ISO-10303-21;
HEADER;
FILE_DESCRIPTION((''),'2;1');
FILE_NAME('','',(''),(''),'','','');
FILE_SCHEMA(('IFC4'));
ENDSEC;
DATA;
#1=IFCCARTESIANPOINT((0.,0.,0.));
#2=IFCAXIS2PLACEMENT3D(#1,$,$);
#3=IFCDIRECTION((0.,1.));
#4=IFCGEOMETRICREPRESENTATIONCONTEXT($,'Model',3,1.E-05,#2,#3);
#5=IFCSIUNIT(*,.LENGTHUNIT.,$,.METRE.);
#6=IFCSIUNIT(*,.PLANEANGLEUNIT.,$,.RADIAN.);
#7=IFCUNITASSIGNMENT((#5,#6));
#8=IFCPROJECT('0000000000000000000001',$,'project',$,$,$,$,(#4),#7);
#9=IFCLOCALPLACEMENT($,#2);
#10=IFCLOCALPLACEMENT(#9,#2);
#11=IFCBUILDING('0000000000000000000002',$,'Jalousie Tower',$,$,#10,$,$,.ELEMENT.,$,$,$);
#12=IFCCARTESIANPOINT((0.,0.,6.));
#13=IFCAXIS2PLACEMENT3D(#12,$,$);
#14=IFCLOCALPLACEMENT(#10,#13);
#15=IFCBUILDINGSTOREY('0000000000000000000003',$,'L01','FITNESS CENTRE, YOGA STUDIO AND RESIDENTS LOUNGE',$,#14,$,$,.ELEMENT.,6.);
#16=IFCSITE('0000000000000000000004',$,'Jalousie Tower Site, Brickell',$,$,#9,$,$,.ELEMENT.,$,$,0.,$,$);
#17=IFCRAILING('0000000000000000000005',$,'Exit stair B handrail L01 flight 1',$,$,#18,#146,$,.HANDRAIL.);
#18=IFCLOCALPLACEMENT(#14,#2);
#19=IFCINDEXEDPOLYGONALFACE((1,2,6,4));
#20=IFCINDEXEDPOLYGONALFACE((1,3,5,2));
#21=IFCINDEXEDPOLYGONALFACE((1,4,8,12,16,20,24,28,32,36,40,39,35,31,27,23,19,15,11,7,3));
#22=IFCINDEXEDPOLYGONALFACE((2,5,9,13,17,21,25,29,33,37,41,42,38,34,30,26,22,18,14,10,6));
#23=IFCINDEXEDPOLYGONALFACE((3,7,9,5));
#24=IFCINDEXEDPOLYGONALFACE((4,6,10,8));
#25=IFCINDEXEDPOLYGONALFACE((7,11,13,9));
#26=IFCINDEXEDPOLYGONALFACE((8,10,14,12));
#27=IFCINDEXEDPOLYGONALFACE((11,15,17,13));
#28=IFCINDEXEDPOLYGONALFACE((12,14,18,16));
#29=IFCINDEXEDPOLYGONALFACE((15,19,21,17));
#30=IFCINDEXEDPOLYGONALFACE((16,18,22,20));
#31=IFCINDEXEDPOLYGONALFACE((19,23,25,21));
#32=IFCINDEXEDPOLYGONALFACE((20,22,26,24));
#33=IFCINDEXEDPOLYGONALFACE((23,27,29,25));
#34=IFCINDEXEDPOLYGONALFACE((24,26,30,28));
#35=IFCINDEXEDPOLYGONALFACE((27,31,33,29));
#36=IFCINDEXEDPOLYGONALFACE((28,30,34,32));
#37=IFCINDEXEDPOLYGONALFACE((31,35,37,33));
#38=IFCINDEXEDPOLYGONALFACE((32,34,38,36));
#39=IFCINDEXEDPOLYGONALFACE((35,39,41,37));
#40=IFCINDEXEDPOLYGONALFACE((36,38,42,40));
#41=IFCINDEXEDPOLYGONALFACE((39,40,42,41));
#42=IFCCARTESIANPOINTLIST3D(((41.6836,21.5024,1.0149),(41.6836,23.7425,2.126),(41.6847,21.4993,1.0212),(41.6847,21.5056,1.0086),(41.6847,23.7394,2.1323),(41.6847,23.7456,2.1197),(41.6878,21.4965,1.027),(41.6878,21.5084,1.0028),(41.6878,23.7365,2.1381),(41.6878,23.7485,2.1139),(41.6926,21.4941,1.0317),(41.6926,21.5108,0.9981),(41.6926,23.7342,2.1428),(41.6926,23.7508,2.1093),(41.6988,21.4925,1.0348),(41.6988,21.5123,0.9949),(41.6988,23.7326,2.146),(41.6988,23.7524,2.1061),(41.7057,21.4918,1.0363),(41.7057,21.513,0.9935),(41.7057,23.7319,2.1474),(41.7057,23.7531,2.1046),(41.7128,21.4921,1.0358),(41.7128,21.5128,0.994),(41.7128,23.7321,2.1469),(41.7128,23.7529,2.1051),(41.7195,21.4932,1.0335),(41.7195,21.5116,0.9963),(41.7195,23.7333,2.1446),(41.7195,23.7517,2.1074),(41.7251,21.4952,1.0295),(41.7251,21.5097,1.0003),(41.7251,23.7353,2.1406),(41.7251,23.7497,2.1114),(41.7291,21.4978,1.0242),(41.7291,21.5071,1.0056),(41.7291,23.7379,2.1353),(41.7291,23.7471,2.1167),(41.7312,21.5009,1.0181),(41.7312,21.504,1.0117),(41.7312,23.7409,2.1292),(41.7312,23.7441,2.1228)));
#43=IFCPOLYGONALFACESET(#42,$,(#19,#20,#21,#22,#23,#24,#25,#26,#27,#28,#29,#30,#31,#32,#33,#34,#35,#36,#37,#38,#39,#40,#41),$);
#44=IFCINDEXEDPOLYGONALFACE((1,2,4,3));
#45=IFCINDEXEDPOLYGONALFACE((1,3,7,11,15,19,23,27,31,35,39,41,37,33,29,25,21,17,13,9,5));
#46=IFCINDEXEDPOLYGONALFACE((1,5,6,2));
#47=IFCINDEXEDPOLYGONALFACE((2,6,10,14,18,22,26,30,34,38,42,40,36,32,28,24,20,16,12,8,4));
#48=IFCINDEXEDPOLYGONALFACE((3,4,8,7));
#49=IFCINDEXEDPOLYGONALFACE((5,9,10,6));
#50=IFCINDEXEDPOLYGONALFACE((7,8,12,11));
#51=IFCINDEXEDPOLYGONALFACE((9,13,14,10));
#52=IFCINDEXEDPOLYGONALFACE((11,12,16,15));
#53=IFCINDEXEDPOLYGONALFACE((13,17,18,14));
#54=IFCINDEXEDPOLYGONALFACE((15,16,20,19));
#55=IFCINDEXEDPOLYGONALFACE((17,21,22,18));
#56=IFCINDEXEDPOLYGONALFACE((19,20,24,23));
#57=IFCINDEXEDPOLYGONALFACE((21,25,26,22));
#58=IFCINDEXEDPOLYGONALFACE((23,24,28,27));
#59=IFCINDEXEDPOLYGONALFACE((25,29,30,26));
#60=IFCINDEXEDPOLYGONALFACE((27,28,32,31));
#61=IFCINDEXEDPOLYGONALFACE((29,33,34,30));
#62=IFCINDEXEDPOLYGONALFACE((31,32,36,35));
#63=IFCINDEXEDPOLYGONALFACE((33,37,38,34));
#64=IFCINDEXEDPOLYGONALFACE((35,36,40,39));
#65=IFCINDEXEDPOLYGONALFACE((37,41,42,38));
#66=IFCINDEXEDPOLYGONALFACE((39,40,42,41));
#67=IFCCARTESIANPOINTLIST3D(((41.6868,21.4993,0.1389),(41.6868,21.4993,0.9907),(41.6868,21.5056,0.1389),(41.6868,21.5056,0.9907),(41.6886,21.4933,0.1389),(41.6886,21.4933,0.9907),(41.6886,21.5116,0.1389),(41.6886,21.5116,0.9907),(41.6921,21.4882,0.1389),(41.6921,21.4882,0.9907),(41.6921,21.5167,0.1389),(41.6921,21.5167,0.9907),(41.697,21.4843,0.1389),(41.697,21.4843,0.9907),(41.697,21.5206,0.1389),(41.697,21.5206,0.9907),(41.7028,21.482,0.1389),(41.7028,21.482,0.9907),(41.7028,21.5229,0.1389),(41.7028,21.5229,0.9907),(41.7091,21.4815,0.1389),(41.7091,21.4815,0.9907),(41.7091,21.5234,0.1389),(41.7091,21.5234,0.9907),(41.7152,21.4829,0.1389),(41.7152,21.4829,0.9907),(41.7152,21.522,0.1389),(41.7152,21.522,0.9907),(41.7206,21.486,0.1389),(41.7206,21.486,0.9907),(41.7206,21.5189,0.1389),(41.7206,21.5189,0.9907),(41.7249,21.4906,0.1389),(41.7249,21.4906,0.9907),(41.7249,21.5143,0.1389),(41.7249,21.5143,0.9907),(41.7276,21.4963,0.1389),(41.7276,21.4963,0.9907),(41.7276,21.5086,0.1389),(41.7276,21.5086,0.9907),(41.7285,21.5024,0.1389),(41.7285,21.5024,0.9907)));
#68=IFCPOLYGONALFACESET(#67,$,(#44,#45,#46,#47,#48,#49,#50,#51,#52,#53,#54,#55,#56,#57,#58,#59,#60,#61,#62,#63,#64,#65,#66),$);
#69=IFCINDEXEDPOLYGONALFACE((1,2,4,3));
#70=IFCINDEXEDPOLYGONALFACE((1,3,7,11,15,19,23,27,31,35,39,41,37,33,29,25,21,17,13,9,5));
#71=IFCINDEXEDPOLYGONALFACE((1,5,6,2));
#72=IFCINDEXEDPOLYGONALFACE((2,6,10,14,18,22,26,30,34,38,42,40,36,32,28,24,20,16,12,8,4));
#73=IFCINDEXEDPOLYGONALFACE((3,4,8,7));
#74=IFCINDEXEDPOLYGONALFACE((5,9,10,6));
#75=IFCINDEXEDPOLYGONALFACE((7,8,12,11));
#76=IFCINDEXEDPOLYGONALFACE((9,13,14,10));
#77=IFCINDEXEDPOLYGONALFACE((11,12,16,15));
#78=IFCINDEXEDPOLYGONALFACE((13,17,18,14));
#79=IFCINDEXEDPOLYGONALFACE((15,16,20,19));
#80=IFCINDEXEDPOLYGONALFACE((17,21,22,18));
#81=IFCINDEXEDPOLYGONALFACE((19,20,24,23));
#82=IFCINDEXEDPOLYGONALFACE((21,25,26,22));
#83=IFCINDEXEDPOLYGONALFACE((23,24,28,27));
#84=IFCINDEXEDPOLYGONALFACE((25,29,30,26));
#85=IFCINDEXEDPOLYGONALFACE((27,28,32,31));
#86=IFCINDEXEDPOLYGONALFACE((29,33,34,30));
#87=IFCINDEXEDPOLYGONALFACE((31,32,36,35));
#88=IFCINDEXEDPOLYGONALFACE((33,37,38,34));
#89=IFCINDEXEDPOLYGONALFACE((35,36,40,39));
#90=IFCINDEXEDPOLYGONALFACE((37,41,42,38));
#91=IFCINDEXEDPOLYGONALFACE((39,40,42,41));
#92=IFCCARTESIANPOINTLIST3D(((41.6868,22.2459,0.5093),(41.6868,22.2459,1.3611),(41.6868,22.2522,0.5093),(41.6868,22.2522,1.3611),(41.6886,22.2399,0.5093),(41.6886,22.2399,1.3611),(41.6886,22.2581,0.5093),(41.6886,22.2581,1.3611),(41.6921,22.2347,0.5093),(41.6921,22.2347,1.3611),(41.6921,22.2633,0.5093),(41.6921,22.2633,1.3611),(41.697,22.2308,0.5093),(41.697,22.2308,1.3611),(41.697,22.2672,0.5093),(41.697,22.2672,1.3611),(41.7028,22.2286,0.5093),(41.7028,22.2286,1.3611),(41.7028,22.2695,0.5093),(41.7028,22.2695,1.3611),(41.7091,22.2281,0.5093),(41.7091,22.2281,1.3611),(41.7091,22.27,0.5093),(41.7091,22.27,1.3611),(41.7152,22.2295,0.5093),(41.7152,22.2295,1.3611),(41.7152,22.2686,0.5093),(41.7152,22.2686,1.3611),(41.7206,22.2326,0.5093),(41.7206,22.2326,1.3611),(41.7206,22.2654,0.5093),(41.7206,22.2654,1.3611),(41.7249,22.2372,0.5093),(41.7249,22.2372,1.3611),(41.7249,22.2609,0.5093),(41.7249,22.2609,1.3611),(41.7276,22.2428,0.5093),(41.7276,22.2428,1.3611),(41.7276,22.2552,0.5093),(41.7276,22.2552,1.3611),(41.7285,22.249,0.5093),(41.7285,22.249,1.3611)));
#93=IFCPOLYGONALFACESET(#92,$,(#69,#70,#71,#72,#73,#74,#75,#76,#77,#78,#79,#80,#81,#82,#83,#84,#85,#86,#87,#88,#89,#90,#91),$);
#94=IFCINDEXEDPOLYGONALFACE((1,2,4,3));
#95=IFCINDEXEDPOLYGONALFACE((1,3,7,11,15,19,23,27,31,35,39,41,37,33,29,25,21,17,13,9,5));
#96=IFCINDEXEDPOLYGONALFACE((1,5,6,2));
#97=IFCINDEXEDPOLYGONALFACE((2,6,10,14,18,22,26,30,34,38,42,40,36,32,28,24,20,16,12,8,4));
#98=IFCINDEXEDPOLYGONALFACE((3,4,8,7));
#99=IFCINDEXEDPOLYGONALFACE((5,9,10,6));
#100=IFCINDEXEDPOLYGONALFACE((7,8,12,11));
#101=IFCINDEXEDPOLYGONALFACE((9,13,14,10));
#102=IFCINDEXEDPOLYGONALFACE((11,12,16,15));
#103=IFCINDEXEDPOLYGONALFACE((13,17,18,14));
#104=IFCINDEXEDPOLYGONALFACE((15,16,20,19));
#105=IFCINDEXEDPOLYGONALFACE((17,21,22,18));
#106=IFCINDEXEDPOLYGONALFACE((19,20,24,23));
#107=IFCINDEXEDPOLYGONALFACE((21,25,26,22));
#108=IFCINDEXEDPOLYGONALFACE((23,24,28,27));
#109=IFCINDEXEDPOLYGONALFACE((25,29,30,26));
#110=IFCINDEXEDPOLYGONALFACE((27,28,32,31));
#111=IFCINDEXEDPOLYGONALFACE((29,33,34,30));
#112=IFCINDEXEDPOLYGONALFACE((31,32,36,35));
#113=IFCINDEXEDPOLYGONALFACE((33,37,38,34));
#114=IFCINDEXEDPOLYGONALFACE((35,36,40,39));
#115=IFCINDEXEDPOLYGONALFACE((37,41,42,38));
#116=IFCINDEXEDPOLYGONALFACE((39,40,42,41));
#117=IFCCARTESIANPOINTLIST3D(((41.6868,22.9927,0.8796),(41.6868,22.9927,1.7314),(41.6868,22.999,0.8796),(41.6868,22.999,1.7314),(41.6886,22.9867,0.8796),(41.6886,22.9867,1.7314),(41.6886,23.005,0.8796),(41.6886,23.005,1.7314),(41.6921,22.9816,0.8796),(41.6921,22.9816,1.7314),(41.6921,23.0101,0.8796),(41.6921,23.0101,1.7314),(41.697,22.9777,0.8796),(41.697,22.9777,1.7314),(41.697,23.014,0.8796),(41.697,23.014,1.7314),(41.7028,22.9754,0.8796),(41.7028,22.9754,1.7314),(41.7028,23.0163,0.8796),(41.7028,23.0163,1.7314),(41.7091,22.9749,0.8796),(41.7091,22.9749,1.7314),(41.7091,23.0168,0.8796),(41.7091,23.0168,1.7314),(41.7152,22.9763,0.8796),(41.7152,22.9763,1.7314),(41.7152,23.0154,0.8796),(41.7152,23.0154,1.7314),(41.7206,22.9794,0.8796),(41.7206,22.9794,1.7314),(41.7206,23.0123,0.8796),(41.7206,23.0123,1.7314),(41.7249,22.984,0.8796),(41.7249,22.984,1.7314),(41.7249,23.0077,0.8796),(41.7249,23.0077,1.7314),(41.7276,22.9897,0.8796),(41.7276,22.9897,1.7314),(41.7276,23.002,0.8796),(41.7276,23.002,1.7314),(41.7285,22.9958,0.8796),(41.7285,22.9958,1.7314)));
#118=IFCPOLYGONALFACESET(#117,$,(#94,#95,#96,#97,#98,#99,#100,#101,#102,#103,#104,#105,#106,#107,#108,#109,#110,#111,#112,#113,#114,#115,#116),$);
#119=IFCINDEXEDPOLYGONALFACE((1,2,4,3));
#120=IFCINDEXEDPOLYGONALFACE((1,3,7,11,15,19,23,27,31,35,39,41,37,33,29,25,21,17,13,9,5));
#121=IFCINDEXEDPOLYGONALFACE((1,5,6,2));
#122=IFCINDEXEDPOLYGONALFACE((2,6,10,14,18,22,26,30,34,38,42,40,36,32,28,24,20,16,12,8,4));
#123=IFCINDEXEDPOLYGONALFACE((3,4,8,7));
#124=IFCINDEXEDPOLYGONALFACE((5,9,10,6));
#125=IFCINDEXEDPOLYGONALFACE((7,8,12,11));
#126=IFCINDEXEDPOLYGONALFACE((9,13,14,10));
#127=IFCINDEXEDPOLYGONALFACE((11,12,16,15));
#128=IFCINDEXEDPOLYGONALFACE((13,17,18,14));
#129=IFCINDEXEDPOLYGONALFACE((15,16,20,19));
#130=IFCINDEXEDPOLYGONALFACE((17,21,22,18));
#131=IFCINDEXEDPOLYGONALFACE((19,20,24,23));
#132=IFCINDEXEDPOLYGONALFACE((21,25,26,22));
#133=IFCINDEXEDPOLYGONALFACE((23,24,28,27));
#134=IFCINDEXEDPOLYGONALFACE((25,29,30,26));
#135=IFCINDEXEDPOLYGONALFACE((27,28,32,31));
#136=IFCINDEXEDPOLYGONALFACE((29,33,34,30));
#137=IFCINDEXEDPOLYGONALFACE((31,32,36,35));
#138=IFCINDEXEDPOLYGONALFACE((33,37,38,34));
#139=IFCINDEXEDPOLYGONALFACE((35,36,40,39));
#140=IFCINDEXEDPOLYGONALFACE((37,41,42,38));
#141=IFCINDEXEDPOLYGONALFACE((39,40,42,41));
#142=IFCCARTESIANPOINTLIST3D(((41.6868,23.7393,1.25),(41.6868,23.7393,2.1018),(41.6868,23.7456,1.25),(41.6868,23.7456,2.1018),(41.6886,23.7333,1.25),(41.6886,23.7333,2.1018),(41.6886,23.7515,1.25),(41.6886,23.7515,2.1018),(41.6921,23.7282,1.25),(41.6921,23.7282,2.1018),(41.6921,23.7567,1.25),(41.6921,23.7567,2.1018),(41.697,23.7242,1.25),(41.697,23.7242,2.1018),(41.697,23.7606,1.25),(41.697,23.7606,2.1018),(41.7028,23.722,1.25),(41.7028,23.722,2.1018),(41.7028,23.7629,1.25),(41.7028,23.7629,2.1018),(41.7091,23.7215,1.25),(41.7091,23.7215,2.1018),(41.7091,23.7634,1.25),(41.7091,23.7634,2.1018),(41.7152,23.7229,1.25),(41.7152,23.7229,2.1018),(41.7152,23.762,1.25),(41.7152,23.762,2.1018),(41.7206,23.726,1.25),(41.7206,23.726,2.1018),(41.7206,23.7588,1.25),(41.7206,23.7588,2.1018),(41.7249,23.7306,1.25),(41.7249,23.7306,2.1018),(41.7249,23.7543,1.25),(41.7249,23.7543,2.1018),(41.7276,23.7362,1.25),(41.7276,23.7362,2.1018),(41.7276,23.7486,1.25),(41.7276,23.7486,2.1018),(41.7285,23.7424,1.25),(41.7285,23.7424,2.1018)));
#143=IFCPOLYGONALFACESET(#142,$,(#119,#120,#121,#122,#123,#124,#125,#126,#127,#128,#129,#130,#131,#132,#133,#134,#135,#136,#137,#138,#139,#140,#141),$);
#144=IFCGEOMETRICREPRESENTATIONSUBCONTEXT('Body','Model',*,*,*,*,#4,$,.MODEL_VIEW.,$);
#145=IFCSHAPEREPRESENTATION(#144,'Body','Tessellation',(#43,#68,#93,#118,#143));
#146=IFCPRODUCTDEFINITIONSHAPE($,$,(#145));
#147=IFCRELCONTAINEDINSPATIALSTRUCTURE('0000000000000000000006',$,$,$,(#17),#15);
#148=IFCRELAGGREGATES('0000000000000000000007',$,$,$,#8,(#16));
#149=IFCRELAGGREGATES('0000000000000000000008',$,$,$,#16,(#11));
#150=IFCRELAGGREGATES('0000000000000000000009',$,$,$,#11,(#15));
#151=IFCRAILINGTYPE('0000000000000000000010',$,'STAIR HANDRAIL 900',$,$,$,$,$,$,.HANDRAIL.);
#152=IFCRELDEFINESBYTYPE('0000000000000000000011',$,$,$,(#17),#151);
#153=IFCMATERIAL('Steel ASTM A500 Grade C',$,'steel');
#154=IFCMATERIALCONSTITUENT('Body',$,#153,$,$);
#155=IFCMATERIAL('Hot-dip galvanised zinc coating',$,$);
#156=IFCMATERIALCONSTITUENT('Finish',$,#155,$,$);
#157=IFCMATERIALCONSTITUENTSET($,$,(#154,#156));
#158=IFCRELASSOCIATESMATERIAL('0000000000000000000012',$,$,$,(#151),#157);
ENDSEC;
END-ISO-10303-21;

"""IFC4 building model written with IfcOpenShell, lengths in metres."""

from ifc_helpers import new_model, si_unit, direction, frame, origin, origin_2d, place, context, subcontext, project, spatial, circle, extrude, material, constituent, constituent_set, type_object, element, save


model = new_model("IFC4")

# Units and contexts
model_context = context("Model", 3, precision=1e-05, world=origin(), true_north=direction((0.0, 1.0)))
body_context = subcontext(model_context, "Body", "Model", "MODEL_VIEW")
ifc_project = project(units=[si_unit("LENGTHUNIT", "METRE"), si_unit("PLANEANGLEUNIT", "RADIAN")], contexts=[model_context])

# Site, building, storey
site_placement = place(None, origin())
site = spatial("IfcSite", under=ifc_project, at=site_placement, Name="Jalousie Tower Site, Brickell", CompositionType="ELEMENT", RefElevation=0.0)
building_placement = place(site_placement, origin())
building = spatial("IfcBuilding", under=site, at=building_placement, Name="Jalousie Tower", CompositionType="ELEMENT")
storey_placement = place(building_placement, frame((0.0, 0.0, 6.0)))
storey = spatial("IfcBuildingStorey", under=building, at=storey_placement, Name="L01", Description="FITNESS CENTRE, YOGA STUDIO AND RESIDENTS LOUNGE", CompositionType="ELEMENT", Elevation=6.0)

# Railing
ifc_material_1 = material(Name="Steel ASTM A500 Grade C", Category="steel")
ifc_constituent_1 = constituent(ifc_material_1, Name="Body")
ifc_material_2 = material(Name="Hot-dip galvanised zinc coating")
ifc_constituent_2 = constituent(ifc_material_2, Name="Finish")
ifc_constituent_set_1 = constituent_set(constituents=[ifc_constituent_1, ifc_constituent_2])
railing_type_1 = type_object("IfcRailingType", Name="STAIR HANDRAIL 900", PredefinedType="HANDRAIL", material=ifc_constituent_set_1)
for number, where, name in (
    (1, (41.7075, 21.5024, 0.1389), "Exit stair B handrail L01 flight 1"),
):
    element("IfcRailing", number, at=place(storey_placement, frame(where)), inside=storey, type_object=railing_type_1, Name=name, PredefinedType="HANDRAIL", context=body_context, shape_type="SweptSolid", body=[
        extrude(circle(Radius=0.0239, at=origin_2d()), frame((0.0, 0.0, 0.876), z_axis=(0.0, 0.895848, 0.44436), x_axis=(-1.0, 0.0, 0.0)), (0.0, 0.0, 1.0), 2.5005),
        extrude(circle(Radius=0.021, at=origin_2d()), origin(), (0.0, 0.0, 1.0), 0.8518),
        extrude(circle(Radius=0.021, at=origin_2d()), frame((0.0, 0.7466, 0.3704)), (0.0, 0.0, 1.0), 0.8518),
        extrude(circle(Radius=0.021, at=origin_2d()), frame((0.0, 1.4934, 0.7407)), (0.0, 0.0, 1.0), 0.8518),
        extrude(circle(Radius=0.021, at=origin_2d()), frame((0.0, 2.24, 1.1111)), (0.0, 0.0, 1.0), 0.8518),
    ])

save(model, "model.ifc")
